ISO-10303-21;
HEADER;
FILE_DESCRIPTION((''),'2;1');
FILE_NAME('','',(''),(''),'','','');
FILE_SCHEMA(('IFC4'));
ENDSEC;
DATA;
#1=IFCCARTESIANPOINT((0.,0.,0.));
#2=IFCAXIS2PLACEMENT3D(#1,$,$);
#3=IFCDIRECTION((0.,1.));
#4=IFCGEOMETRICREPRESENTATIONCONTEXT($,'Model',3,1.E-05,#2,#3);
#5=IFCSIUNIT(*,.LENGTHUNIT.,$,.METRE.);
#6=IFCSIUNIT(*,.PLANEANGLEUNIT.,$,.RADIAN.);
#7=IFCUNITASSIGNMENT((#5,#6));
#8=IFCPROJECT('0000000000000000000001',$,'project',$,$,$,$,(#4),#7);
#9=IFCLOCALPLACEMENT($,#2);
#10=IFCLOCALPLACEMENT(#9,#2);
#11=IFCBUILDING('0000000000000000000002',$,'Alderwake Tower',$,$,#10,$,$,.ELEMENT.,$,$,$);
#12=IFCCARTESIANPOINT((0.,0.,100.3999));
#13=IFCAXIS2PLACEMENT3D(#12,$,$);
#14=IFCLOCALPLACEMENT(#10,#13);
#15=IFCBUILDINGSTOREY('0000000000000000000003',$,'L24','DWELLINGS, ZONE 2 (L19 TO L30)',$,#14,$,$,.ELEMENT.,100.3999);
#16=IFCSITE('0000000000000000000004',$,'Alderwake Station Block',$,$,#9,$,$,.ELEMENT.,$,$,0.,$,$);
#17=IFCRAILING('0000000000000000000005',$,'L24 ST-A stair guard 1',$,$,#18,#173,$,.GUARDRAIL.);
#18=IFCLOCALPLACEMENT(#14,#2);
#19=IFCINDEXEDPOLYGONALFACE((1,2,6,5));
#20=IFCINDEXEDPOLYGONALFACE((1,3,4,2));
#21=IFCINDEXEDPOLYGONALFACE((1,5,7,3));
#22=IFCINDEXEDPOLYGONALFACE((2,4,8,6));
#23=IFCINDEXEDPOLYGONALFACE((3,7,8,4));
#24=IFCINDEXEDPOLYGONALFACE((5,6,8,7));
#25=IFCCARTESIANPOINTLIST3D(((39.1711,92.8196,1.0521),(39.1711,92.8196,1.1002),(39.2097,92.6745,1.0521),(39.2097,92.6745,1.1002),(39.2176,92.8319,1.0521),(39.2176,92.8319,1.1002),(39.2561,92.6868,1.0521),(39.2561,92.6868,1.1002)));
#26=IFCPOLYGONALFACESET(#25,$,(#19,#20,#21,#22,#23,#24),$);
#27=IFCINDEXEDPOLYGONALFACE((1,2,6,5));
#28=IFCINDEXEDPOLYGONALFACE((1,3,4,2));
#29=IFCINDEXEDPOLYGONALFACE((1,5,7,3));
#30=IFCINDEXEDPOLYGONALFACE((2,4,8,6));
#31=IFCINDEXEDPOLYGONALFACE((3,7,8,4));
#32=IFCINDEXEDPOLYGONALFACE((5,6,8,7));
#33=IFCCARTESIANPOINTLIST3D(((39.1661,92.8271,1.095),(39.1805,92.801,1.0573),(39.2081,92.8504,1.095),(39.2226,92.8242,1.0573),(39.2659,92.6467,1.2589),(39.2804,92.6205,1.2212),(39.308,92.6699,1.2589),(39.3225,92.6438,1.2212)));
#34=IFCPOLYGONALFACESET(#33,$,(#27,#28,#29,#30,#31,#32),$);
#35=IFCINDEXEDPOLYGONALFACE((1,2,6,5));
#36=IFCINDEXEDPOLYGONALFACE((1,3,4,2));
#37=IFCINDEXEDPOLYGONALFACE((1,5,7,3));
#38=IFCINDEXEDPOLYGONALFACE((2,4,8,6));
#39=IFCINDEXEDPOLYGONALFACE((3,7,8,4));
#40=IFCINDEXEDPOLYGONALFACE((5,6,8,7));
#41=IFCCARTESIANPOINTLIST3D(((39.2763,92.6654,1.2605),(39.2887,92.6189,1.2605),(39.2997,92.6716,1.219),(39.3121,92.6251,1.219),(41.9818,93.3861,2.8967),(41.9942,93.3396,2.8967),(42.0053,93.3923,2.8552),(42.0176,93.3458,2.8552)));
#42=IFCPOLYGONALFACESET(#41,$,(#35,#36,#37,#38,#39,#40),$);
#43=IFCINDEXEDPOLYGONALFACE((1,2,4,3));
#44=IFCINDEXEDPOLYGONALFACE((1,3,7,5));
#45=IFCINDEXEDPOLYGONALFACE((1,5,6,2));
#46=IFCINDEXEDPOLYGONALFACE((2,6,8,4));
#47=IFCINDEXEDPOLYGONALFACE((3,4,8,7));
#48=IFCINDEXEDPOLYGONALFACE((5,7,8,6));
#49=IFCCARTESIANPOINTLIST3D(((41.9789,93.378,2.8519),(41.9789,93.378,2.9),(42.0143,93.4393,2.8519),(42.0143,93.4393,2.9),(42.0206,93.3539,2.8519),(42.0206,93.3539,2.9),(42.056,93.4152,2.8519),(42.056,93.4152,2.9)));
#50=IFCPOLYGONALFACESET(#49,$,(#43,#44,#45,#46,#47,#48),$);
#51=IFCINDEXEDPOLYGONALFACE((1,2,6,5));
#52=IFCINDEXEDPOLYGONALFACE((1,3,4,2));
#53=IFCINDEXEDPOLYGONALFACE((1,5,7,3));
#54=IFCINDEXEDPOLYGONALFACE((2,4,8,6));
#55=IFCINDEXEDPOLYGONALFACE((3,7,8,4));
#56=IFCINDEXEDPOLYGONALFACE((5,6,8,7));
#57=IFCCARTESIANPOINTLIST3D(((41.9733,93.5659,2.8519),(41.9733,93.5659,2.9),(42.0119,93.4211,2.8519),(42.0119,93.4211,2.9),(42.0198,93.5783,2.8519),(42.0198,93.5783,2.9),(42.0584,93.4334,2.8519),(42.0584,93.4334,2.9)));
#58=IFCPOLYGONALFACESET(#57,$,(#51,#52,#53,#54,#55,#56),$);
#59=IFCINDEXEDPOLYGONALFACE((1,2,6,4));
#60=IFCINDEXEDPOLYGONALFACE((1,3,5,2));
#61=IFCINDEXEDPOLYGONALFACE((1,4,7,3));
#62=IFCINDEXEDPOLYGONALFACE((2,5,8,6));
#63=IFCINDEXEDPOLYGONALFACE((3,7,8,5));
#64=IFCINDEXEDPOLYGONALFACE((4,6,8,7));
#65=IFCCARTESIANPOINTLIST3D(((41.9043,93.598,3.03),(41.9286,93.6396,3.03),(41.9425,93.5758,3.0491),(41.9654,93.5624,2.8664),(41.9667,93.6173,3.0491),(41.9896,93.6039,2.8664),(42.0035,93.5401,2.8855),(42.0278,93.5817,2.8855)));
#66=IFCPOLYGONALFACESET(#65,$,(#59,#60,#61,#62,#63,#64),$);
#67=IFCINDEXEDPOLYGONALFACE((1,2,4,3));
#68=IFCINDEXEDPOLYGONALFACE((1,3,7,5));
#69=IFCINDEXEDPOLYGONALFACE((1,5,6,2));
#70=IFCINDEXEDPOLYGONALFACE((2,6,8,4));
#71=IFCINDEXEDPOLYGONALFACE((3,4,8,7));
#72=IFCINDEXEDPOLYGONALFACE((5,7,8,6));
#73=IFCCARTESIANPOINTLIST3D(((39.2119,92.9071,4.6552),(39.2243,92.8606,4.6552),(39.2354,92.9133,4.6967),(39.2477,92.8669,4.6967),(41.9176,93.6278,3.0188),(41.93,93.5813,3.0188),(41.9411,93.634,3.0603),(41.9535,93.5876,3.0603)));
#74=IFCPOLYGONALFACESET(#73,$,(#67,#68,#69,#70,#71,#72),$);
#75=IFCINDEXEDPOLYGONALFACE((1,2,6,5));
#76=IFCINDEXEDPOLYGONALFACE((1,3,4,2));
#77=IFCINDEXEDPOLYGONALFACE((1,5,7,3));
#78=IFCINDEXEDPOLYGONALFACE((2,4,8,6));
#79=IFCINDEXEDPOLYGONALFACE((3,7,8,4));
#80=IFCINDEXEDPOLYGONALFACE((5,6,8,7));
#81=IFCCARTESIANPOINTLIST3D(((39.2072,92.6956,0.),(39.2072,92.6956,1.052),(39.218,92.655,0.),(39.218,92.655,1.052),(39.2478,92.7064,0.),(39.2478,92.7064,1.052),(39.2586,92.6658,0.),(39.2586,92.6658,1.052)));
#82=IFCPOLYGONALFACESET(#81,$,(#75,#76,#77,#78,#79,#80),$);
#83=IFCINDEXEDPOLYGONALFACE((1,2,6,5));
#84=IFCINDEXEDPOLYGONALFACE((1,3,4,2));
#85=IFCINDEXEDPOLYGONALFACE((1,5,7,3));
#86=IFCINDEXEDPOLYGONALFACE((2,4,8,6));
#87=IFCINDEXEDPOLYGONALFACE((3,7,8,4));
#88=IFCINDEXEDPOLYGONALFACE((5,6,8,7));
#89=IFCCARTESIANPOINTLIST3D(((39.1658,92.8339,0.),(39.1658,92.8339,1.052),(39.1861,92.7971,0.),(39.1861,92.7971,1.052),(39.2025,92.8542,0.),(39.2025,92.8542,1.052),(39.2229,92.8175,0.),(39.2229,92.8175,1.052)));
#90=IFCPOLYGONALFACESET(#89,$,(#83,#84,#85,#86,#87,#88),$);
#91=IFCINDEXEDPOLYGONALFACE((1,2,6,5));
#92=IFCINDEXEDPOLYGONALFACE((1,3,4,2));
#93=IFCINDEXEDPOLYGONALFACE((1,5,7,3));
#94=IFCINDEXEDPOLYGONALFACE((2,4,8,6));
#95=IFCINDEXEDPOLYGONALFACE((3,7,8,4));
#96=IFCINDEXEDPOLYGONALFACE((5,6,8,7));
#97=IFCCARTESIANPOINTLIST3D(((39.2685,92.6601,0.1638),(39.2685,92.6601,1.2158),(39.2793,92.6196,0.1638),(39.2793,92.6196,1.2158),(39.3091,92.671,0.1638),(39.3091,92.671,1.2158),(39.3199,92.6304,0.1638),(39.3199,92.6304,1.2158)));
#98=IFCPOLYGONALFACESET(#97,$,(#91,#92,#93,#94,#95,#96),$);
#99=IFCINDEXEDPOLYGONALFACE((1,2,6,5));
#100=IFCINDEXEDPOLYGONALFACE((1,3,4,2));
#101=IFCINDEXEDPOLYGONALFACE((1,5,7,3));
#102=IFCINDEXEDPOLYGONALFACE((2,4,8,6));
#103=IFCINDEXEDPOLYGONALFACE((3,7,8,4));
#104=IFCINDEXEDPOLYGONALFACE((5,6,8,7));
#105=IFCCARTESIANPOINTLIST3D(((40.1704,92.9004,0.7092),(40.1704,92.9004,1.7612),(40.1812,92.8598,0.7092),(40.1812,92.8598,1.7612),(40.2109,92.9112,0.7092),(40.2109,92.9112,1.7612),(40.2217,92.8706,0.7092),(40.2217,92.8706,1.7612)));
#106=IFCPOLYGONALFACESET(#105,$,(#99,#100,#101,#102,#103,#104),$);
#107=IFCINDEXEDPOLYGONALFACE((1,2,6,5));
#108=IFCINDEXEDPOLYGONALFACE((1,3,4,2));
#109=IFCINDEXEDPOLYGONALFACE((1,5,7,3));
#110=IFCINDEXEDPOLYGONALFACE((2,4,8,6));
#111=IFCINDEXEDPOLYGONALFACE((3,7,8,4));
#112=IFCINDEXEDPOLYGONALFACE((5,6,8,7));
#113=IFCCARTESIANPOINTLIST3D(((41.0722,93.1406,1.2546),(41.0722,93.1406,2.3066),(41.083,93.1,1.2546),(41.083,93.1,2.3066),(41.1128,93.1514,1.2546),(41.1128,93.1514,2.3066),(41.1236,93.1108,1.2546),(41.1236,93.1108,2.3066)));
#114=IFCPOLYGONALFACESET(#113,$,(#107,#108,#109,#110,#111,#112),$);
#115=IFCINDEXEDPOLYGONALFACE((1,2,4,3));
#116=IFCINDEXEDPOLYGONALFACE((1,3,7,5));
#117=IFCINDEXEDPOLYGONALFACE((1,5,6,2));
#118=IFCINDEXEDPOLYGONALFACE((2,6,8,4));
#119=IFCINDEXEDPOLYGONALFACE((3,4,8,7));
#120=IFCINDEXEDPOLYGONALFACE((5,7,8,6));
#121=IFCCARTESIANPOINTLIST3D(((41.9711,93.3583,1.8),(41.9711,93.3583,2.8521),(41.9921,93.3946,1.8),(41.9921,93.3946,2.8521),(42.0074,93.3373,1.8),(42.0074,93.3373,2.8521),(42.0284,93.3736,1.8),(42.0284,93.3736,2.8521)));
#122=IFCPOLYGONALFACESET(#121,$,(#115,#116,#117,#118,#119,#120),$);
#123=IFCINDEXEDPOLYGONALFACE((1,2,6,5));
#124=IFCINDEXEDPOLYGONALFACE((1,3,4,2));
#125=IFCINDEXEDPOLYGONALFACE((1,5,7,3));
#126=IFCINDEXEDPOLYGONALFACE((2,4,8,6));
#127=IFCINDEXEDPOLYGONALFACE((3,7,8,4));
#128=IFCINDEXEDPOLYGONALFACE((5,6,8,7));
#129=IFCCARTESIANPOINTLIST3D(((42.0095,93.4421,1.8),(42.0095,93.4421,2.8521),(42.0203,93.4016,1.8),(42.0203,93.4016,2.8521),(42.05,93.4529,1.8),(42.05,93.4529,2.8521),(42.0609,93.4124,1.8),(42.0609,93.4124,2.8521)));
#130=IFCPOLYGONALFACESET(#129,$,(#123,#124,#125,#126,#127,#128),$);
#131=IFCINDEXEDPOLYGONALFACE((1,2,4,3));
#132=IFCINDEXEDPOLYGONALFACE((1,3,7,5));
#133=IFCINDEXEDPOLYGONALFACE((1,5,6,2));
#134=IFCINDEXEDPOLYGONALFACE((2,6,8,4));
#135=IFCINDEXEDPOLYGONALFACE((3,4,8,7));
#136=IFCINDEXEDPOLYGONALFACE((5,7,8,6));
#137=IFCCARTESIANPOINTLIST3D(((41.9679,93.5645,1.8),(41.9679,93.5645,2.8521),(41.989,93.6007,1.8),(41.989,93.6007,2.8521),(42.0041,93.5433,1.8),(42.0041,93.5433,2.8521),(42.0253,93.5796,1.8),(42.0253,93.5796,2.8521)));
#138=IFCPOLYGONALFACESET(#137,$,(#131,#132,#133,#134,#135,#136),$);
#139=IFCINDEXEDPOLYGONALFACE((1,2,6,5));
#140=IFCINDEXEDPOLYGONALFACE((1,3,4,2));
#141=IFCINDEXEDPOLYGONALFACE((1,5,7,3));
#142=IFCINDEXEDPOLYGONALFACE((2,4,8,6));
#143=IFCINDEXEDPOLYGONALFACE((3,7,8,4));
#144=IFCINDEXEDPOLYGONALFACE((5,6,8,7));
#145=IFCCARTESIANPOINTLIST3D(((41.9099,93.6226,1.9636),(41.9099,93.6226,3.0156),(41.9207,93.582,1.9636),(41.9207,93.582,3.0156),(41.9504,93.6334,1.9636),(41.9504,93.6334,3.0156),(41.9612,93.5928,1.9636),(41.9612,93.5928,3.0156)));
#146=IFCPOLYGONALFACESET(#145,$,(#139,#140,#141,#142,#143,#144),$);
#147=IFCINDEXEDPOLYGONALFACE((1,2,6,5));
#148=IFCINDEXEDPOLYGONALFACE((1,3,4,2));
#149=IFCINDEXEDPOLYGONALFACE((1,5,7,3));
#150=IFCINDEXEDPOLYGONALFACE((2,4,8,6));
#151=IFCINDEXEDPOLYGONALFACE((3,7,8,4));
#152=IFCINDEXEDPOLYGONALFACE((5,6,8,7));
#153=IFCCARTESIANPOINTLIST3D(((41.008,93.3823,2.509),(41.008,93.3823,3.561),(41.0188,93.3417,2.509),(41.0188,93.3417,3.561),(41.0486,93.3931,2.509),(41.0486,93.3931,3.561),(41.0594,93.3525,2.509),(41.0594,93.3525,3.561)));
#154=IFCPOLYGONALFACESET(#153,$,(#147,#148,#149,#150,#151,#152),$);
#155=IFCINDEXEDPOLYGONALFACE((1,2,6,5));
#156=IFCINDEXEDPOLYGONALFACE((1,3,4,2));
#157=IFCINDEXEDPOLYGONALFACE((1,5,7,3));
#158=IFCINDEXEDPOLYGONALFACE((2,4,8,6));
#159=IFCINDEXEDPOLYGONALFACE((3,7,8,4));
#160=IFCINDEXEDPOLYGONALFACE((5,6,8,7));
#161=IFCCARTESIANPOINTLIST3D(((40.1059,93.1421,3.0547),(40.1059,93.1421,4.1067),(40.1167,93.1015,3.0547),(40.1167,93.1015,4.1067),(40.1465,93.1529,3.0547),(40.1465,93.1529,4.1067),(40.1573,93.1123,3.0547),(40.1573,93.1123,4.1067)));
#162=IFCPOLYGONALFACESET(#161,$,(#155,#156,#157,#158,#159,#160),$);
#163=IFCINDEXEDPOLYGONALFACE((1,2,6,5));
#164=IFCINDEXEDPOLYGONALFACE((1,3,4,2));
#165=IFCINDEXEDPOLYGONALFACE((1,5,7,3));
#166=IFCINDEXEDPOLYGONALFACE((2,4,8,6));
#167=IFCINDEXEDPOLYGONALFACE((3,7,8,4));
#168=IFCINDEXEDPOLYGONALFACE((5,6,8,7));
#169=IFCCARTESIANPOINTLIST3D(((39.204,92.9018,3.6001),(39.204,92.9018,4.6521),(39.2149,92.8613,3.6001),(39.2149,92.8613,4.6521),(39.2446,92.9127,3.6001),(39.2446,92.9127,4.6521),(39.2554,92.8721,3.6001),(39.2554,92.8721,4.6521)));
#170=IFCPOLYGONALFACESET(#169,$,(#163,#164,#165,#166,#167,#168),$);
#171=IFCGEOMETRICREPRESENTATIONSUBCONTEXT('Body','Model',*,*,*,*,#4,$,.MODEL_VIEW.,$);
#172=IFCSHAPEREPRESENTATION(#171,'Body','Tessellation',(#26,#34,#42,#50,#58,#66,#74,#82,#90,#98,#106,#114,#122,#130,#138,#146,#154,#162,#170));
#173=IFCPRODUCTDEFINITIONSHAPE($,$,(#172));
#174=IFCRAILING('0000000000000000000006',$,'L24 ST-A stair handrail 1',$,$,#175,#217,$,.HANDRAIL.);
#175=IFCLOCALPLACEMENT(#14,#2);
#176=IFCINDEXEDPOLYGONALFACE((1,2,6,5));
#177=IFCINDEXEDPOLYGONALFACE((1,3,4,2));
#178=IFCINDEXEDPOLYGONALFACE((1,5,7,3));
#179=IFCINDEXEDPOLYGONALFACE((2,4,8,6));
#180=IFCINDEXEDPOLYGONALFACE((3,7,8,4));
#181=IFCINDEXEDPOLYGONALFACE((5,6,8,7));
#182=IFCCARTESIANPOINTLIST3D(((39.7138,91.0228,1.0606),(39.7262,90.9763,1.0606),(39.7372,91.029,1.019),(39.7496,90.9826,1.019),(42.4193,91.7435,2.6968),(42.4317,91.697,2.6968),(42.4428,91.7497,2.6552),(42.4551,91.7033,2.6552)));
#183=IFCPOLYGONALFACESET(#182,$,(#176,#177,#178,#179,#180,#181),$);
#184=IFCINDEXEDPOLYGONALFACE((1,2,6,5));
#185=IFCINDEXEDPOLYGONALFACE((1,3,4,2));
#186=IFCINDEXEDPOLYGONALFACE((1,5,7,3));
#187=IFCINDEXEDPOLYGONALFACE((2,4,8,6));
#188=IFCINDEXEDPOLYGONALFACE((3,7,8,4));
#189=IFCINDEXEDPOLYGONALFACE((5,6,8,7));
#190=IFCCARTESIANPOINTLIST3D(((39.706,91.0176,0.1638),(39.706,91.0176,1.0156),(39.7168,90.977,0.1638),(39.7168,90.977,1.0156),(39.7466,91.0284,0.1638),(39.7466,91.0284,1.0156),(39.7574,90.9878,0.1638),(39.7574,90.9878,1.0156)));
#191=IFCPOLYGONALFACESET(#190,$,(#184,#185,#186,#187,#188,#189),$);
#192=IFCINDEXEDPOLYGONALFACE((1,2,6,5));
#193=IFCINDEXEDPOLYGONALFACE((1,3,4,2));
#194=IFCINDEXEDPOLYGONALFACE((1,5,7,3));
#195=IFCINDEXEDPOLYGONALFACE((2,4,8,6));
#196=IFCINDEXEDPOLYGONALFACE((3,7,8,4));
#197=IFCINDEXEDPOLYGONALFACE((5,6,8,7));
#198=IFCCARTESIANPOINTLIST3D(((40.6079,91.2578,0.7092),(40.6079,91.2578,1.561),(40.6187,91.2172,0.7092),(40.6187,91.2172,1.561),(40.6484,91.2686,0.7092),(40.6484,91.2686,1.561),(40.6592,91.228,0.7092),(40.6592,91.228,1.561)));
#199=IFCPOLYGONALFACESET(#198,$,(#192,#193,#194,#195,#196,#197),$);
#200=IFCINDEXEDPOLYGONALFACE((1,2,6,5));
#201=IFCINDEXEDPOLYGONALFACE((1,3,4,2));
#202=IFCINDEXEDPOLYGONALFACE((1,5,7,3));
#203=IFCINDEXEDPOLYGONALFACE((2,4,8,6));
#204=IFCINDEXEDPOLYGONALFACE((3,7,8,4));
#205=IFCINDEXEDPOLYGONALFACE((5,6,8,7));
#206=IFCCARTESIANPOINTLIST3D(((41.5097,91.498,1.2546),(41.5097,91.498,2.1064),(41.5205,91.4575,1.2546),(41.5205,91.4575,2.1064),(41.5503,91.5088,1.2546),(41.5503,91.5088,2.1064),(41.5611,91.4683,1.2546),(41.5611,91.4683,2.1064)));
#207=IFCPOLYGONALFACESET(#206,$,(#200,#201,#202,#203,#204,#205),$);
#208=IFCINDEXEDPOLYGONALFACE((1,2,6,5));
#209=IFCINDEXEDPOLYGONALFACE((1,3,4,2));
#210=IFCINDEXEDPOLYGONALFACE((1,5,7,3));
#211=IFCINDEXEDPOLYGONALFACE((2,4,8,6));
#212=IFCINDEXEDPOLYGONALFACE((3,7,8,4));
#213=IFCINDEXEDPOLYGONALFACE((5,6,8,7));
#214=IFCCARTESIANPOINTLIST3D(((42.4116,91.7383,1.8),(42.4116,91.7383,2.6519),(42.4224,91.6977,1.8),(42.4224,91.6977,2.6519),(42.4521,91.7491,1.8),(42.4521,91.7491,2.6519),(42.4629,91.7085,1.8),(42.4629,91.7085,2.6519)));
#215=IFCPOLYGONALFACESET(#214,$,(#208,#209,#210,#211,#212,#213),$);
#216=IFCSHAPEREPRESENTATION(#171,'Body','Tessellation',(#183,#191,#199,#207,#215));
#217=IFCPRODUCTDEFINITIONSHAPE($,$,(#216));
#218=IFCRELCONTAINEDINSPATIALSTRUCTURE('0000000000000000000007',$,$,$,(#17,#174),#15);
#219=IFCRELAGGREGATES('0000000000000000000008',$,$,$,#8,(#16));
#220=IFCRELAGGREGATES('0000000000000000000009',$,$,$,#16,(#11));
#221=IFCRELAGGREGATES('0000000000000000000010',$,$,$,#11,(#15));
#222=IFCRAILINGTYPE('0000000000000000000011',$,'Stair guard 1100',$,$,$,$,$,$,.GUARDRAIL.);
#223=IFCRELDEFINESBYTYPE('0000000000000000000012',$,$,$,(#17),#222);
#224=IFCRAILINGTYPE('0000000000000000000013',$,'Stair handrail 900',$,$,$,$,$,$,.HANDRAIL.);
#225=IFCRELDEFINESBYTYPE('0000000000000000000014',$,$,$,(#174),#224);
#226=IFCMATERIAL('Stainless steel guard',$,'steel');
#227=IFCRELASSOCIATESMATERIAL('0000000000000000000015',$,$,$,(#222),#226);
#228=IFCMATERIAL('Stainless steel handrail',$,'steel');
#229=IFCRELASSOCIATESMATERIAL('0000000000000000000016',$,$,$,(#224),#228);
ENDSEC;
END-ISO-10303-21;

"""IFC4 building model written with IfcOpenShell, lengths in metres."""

from ifc_helpers import new_model, si_unit, direction, frame, origin, origin_2d, place, context, subcontext, project, spatial, rectangle, extrude, material, type_object, element, save


model = new_model("IFC4")

# Units and contexts
model_context = context("Model", 3, precision=1e-05, world=origin(), true_north=direction((0.0, 1.0)))
body_context = subcontext(model_context, "Body", "Model", "MODEL_VIEW")
ifc_project = project(units=[si_unit("LENGTHUNIT", "METRE"), si_unit("PLANEANGLEUNIT", "RADIAN")], contexts=[model_context])

# Site, building, storey
site_placement = place(None, origin())
site = spatial("IfcSite", under=ifc_project, at=site_placement, Name="Alderwake Station Block", CompositionType="ELEMENT", RefElevation=0.0)
building_placement = place(site_placement, origin())
building = spatial("IfcBuilding", under=site, at=building_placement, Name="Alderwake Tower", CompositionType="ELEMENT")
storey_placement = place(building_placement, frame((0.0, 0.0, 100.3999)))
storey = spatial("IfcBuildingStorey", under=building, at=storey_placement, Name="L24", Description="DWELLINGS, ZONE 2 (L19 TO L30)", CompositionType="ELEMENT", Elevation=100.3999)

# Railings
ifc_material_1 = material(Name="Stainless steel guard", Category="steel")
railing_type_1 = type_object("IfcRailingType", Name="Stair guard 1100", PredefinedType="GUARDRAIL", material=ifc_material_1)
railing_1_placement = place(storey_placement, frame((39.2329, 92.6807, 0.0)))
element("IfcRailing", 1, at=railing_1_placement, inside=storey, type_object=railing_type_1, Name="L24 ST-A stair guard 1", PredefinedType="GUARDRAIL", context=body_context, shape_type="SweptSolid", body=[
    extrude(rectangle(XDim=0.0481, YDim=0.0481, at=origin_2d()), frame((0.0, 0.0, 1.0762), z_axis=(-0.257055, 0.966397, 0.0), x_axis=(-0.966397, -0.257055, 0.0)), (0.0, 0.0, 1.0), 0.1501),
    extrude(rectangle(XDim=0.0481, YDim=0.0481, at=origin_2d()), frame((-0.0386, 0.145, 1.0762), z_axis=(0.379152, -0.685069, 0.622032), x_axis=(0.874938, 0.484235, 0.0)), (0.0, 0.0, 1.0), 0.2634),
    extrude(rectangle(XDim=0.0481, YDim=0.0481, at=origin_2d()), frame((0.0613, -0.0354, 1.2397), z_axis=(0.834291, 0.222237, 0.504549), x_axis=(-0.257402, 0.966304, 0.0)), (0.0, 0.0, 1.0), 3.2429),
    extrude(rectangle(XDim=0.0481, YDim=0.0481, at=origin_2d()), frame((2.7668, 0.6853, 2.876), z_axis=(0.50022, 0.865898, 0.0), x_axis=(-0.865898, 0.50022, 0.0)), (0.0, 0.0, 1.0), 0.0708),
    extrude(rectangle(XDim=0.0481, YDim=0.0481, at=origin_2d()), frame((2.8022, 0.7466, 2.876), z_axis=(-0.25746, 0.966289, 0.0), x_axis=(-0.966289, -0.25746, 0.0)), (0.0, 0.0, 1.0), 0.1499),
    extrude(rectangle(XDim=0.0481, YDim=0.0481, at=origin_2d()), frame((2.7637, 0.8914, 2.876), z_axis=(-0.342525, 0.200035, 0.917967), x_axis=(-0.5043, -0.863528, 0.0)), (0.0, 0.0, 1.0), 0.1782),
    extrude(rectangle(XDim=0.0481, YDim=0.0481, at=origin_2d()), frame((2.7026, 0.927, 3.0396), z_axis=(-0.834282, -0.222214, 0.504574), x_axis=(0.25738, -0.96631, 0.0)), (0.0, 0.0, 1.0), 3.2432),
    extrude(rectangle(XDim=0.042, YDim=0.042, at=origin_2d()), frame((0.0, 0.0, 0.0), z_axis=(0.0, 0.0, 1.0), x_axis=(-0.257055, 0.966397, 0.0)), (0.0, 0.0, 1.0), 1.052),
    extrude(rectangle(XDim=0.042, YDim=0.042, at=origin_2d()), frame((-0.0386, 0.145, 0.0), z_axis=(0.0, 0.0, 1.0), x_axis=(0.484235, -0.874938, 0.0)), (0.0, 0.0, 1.0), 1.052),
    extrude(rectangle(XDim=0.042, YDim=0.042, at=origin_2d()), frame((0.0613, -0.0354, 0.1638), z_axis=(0.0, 0.0, 1.0), x_axis=(0.966304, 0.257402, 0.0)), (0.0, 0.0, 1.0), 1.052),
    extrude(rectangle(XDim=0.042, YDim=0.042, at=origin_2d()), frame((0.9631, 0.2048, 0.7092), z_axis=(0.0, 0.0, 1.0), x_axis=(0.966304, 0.257402, 0.0)), (0.0, 0.0, 1.0), 1.052),
    extrude(rectangle(XDim=0.042, YDim=0.042, at=origin_2d()), frame((1.865, 0.4451, 1.2546), z_axis=(0.0, 0.0, 1.0), x_axis=(0.966304, 0.257402, 0.0)), (0.0, 0.0, 1.0), 1.052),
    extrude(rectangle(XDim=0.042, YDim=0.042, at=origin_2d()), frame((2.7668, 0.6853, 1.8), z_axis=(0.0, 0.0, 1.0), x_axis=(0.50022, 0.865898, 0.0)), (0.0, 0.0, 1.0), 1.052),
    extrude(rectangle(XDim=0.042, YDim=0.042, at=origin_2d()), frame((2.8022, 0.7466, 1.8), z_axis=(0.0, 0.0, 1.0), x_axis=(-0.25746, 0.966289, 0.0)), (0.0, 0.0, 1.0), 1.052),
    extrude(rectangle(XDim=0.042, YDim=0.042, at=origin_2d()), frame((2.7637, 0.8914, 1.8), z_axis=(0.0, 0.0, 1.0), x_axis=(-0.863528, 0.5043, 0.0)), (0.0, 0.0, 1.0), 1.052),
    extrude(rectangle(XDim=0.042, YDim=0.042, at=origin_2d()), frame((2.7026, 0.927, 1.9636), z_axis=(0.0, 0.0, 1.0), x_axis=(-0.96631, -0.25738, 0.0)), (0.0, 0.0, 1.0), 1.052),
    extrude(rectangle(XDim=0.042, YDim=0.042, at=origin_2d()), frame((1.8008, 0.6868, 2.509), z_axis=(0.0, 0.0, 1.0), x_axis=(-0.96631, -0.25738, 0.0)), (0.0, 0.0, 1.0), 1.052),
    extrude(rectangle(XDim=0.042, YDim=0.042, at=origin_2d()), frame((0.8987, 0.4465, 3.0547), z_axis=(0.0, 0.0, 1.0), x_axis=(-0.96631, -0.25738, 0.0)), (0.0, 0.0, 1.0), 1.052),
    extrude(rectangle(XDim=0.042, YDim=0.042, at=origin_2d()), frame((-0.0032, 0.2063, 3.6001), z_axis=(0.0, 0.0, 1.0), x_axis=(-0.96631, -0.25738, 0.0)), (0.0, 0.0, 1.0), 1.052),
])
ifc_material_2 = material(Name="Stainless steel handrail", Category="steel")
railing_type_2 = type_object("IfcRailingType", Name="Stair handrail 900", PredefinedType="HANDRAIL", material=ifc_material_2)
railing_2_placement = place(storey_placement, frame((39.7317, 91.0027, 0.1638)))
element("IfcRailing", 2, at=railing_2_placement, inside=storey, type_object=railing_type_2, Name="L24 ST-A stair handrail 1", PredefinedType="HANDRAIL", context=body_context, shape_type="SweptSolid", body=[
    extrude(rectangle(XDim=0.0481, YDim=0.0481, at=origin_2d()), frame((0.0, 0.0, 0.876), z_axis=(0.834291, 0.222237, 0.504549), x_axis=(-0.257402, 0.966304, 0.0)), (0.0, 0.0, 1.0), 3.2429),
    extrude(rectangle(XDim=0.042, YDim=0.042, at=origin_2d()), frame((0.0, 0.0, 0.0), z_axis=(0.0, 0.0, 1.0), x_axis=(0.966304, 0.257402, 0.0)), (0.0, 0.0, 1.0), 0.8518),
    extrude(rectangle(XDim=0.042, YDim=0.042, at=origin_2d()), frame((0.9019, 0.2402, 0.5454), z_axis=(0.0, 0.0, 1.0), x_axis=(0.966304, 0.257402, 0.0)), (0.0, 0.0, 1.0), 0.8518),
    extrude(rectangle(XDim=0.042, YDim=0.042, at=origin_2d()), frame((1.8037, 0.4805, 1.0908), z_axis=(0.0, 0.0, 1.0), x_axis=(0.966304, 0.257402, 0.0)), (0.0, 0.0, 1.0), 0.8518),
    extrude(rectangle(XDim=0.042, YDim=0.042, at=origin_2d()), frame((2.7056, 0.7207, 1.6362), z_axis=(0.0, 0.0, 1.0), x_axis=(0.966304, 0.257402, 0.0)), (0.0, 0.0, 1.0), 0.8518),
])

save(model, "model.ifc")
